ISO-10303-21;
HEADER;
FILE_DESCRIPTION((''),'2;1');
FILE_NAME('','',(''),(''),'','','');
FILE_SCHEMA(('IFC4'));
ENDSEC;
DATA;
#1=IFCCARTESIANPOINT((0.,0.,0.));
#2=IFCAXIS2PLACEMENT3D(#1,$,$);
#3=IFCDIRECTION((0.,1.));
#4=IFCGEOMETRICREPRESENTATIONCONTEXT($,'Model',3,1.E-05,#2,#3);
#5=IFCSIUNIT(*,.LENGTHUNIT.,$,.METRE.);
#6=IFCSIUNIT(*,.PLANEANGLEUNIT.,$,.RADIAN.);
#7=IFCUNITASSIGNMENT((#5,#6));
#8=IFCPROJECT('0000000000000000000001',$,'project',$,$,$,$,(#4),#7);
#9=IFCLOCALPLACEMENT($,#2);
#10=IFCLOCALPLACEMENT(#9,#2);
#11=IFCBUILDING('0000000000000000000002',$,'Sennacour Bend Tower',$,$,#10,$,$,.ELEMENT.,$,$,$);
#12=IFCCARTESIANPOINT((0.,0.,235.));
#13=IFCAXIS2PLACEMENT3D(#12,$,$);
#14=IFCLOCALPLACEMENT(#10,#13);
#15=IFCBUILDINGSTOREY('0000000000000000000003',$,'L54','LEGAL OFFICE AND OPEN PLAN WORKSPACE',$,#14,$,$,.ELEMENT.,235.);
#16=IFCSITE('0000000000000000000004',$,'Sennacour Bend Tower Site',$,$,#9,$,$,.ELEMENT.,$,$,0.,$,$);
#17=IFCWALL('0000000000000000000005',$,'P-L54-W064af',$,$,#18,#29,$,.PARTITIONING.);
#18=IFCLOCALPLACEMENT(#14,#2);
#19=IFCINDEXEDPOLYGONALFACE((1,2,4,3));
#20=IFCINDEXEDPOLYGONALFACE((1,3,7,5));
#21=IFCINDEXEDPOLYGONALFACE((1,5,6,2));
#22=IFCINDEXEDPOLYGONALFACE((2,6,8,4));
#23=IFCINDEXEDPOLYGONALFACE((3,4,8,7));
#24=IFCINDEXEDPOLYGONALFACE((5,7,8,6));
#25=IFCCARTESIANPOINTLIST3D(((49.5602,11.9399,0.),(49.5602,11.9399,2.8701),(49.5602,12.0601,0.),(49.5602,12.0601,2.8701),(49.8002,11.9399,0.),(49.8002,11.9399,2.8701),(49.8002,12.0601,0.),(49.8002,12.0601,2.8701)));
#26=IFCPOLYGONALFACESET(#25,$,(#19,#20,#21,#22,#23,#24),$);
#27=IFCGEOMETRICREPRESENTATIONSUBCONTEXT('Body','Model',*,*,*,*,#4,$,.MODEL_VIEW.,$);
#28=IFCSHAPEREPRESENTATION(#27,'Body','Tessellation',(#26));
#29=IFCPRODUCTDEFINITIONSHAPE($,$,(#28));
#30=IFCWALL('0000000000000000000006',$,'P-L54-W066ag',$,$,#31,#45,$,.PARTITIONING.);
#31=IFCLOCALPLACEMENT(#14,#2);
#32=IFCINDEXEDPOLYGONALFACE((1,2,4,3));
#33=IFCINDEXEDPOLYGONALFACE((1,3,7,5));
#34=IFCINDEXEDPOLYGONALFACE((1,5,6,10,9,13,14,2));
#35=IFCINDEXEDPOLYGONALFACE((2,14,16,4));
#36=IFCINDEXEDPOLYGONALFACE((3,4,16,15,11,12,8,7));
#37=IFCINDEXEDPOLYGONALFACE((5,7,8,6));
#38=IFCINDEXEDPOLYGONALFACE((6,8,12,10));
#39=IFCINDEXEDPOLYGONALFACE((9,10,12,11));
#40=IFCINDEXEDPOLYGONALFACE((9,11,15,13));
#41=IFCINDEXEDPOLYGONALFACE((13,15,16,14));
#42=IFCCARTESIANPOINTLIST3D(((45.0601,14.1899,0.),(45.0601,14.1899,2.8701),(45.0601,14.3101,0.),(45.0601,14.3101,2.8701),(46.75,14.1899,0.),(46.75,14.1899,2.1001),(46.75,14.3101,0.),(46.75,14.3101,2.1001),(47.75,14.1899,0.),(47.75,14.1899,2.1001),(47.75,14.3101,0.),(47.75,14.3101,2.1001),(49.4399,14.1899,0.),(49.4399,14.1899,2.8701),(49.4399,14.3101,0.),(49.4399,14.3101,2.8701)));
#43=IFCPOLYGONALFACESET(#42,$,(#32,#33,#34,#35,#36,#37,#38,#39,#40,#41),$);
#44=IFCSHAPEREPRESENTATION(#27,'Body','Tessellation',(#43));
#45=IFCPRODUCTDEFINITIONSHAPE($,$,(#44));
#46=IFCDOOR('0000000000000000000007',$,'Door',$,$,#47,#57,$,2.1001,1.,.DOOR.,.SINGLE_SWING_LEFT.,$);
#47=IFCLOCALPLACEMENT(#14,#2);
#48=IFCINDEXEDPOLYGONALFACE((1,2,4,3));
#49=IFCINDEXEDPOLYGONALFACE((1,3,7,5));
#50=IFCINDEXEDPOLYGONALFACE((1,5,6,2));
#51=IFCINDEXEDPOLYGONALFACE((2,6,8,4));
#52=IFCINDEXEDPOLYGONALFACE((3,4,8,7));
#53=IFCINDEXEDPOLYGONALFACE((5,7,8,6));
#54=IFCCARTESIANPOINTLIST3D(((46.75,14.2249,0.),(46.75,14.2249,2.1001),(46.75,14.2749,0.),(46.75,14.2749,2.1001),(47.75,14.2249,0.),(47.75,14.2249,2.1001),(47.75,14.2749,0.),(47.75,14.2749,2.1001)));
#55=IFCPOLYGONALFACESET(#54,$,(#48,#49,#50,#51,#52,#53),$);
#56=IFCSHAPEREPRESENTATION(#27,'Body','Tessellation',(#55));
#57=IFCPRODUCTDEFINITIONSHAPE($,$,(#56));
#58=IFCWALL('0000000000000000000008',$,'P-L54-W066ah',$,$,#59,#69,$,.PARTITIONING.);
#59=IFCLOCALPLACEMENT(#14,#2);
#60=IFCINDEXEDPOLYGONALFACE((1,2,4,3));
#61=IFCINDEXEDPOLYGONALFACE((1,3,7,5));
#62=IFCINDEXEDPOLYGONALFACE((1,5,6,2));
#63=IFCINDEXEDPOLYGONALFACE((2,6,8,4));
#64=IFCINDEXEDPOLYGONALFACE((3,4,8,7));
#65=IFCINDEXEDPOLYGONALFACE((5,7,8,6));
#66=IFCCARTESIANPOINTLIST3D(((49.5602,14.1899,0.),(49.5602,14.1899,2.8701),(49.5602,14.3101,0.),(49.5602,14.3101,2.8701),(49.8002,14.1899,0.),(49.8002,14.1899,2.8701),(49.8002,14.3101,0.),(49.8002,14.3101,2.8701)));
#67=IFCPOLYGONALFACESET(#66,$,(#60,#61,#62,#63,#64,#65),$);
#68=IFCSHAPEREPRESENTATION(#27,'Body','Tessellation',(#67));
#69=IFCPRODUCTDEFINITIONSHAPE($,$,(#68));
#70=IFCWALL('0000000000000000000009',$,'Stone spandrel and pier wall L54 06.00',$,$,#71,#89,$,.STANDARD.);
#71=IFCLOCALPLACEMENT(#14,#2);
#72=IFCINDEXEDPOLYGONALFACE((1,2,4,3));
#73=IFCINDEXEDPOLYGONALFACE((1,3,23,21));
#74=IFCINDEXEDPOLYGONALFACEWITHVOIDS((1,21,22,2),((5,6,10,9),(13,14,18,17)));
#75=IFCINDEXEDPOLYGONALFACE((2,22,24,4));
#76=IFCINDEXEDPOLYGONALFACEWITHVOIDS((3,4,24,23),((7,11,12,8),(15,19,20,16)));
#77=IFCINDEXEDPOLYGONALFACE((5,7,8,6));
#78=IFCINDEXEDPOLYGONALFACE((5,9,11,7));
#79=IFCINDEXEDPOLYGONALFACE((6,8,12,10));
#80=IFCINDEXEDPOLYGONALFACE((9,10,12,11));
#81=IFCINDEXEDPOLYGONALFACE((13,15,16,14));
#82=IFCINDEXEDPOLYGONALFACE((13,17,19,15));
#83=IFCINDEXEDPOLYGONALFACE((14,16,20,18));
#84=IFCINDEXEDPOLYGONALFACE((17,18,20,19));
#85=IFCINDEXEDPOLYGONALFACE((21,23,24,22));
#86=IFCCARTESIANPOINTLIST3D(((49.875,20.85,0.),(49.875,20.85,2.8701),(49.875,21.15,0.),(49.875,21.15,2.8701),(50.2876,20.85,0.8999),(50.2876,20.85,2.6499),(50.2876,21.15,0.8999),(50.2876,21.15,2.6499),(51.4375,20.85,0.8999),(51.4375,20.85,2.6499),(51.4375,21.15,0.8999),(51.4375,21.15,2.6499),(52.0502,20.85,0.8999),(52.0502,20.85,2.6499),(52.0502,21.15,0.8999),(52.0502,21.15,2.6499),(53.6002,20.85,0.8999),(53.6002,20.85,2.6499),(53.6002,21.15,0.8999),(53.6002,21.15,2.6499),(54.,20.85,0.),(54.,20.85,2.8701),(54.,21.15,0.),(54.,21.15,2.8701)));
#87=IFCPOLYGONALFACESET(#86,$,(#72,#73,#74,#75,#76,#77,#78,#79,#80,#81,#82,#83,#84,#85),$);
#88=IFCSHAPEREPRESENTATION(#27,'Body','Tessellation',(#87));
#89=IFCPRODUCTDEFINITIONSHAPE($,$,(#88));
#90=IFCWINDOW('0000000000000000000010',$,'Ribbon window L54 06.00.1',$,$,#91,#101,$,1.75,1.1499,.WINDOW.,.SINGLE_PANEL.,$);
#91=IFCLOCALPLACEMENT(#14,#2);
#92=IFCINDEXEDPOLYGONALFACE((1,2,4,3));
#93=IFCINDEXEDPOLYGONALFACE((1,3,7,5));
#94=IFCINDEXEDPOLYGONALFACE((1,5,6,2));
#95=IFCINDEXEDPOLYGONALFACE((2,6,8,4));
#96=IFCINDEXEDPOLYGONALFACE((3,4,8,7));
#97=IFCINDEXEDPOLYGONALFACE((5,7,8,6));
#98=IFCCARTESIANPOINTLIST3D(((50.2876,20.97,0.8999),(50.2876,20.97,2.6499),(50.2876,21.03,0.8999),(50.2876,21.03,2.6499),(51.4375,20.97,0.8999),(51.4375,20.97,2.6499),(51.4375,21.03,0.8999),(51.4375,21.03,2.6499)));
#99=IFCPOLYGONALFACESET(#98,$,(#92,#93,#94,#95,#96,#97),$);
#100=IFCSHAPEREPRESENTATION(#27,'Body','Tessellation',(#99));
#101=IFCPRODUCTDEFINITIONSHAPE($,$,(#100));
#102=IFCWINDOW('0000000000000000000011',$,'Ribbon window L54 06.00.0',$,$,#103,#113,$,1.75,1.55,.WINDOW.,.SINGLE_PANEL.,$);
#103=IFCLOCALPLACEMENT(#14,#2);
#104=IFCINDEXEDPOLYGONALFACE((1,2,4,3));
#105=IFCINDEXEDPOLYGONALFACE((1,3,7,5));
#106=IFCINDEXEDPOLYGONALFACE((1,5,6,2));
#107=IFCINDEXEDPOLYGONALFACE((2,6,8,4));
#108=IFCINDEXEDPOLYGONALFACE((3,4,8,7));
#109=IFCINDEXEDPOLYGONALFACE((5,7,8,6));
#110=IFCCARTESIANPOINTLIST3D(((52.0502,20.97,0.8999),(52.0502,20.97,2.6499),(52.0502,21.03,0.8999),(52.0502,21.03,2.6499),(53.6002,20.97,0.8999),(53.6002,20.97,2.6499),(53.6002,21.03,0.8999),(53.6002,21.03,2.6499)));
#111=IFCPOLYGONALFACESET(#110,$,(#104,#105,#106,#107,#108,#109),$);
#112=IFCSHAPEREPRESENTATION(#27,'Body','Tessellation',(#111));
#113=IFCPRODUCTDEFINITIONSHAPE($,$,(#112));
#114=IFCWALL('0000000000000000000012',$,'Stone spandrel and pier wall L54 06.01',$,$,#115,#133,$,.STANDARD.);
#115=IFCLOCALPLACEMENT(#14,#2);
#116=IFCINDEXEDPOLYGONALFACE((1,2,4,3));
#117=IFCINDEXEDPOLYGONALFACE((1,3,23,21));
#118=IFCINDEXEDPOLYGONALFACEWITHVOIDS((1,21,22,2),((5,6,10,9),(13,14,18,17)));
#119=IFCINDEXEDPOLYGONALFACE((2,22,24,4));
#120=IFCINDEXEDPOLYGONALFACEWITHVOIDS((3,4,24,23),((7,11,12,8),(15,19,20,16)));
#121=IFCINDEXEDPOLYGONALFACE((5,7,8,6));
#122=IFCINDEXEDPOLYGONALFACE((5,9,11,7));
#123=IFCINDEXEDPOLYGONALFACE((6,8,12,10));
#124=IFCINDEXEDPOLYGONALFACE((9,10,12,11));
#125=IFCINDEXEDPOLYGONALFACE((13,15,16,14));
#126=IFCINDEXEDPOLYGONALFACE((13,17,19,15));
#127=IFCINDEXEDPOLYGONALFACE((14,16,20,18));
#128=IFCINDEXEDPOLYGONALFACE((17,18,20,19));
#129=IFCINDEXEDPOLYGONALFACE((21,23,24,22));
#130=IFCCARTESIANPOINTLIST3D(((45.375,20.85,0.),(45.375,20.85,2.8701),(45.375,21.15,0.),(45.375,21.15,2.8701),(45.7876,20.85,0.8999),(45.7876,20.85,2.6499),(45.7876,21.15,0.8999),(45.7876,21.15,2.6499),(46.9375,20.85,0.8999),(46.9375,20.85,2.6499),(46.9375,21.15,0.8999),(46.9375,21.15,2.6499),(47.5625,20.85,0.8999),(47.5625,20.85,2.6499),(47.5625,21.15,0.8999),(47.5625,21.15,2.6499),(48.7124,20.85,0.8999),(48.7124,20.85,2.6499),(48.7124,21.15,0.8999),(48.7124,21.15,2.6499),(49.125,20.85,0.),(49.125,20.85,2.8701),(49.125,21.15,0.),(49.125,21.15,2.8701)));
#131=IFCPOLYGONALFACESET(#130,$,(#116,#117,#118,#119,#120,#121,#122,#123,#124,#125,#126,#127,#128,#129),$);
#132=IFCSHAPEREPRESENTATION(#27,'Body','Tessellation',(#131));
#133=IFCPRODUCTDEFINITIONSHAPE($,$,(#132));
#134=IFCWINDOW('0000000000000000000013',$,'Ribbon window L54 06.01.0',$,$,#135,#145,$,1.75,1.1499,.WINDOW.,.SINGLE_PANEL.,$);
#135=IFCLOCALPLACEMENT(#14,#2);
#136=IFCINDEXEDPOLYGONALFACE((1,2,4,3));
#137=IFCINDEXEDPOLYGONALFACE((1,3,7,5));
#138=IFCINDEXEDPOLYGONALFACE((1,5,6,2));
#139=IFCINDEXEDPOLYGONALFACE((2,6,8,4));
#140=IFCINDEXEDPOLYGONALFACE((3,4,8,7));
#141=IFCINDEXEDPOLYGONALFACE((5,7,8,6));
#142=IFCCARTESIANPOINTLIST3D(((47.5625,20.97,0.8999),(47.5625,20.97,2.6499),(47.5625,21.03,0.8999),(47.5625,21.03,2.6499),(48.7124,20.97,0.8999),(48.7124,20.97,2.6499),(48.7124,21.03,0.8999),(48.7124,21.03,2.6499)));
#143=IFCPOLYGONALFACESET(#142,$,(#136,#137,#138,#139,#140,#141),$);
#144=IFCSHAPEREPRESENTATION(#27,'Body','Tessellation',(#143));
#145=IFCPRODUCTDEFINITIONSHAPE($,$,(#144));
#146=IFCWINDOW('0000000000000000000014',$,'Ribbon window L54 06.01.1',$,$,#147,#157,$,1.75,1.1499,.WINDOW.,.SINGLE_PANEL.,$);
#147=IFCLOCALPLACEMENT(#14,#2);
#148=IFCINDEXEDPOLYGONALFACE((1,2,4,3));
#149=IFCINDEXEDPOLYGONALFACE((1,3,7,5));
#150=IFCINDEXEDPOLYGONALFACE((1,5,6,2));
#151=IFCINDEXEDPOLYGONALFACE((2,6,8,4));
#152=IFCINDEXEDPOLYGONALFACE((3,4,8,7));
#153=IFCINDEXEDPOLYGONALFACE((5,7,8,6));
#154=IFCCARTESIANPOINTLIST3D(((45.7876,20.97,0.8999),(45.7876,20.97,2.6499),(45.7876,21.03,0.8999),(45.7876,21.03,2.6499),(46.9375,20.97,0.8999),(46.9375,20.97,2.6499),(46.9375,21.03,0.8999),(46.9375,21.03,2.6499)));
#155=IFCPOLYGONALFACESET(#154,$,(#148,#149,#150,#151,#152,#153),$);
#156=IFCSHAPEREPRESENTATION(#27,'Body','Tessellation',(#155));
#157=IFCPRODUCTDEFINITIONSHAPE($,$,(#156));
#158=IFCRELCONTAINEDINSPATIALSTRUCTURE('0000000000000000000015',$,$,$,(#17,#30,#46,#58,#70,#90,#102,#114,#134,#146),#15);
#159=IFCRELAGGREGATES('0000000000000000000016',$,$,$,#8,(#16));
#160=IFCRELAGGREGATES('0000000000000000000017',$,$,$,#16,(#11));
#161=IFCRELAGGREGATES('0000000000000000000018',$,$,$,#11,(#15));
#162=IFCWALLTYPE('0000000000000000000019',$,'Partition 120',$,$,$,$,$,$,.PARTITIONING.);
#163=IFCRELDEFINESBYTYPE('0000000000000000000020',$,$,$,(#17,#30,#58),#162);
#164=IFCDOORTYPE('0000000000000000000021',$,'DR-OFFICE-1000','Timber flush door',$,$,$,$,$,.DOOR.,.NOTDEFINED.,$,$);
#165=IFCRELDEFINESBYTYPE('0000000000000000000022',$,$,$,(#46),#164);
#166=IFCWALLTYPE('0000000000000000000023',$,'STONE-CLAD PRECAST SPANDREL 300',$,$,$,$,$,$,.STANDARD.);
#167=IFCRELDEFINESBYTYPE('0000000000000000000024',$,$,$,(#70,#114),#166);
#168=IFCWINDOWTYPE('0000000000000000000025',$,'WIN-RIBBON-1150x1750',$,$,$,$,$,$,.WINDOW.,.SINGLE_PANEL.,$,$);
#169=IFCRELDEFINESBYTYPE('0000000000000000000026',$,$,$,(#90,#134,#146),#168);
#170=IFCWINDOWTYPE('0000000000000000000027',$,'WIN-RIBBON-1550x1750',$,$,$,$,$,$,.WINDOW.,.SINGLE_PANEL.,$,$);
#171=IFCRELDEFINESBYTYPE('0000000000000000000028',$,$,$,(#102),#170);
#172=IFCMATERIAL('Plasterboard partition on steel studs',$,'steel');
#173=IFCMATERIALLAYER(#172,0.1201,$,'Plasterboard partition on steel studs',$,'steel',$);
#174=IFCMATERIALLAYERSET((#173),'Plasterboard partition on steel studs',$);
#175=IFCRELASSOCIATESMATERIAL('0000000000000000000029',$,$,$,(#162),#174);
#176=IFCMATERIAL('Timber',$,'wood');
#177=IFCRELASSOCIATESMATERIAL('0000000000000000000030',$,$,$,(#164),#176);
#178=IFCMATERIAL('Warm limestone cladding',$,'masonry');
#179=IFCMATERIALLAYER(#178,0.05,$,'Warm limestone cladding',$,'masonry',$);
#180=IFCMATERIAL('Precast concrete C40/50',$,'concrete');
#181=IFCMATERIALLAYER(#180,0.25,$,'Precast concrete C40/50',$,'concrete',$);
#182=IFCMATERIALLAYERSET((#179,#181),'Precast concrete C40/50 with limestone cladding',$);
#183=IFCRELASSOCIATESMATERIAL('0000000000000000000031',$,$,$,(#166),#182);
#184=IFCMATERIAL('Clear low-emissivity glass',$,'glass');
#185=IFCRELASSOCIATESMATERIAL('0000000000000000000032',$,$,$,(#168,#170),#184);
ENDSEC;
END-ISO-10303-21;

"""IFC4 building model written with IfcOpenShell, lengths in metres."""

from ifc_helpers import new_model, si_unit, direction, frame, frame_2d, origin, place, context, subcontext, project, spatial, rectangle, extrude, material, layer, layer_set, type_object, element, fill, save


model = new_model("IFC4")

# Units and contexts
model_context = context("Model", 3, precision=1e-05, world=origin(), true_north=direction((0.0, 1.0)))
body_context = subcontext(model_context, "Body", "Model", "MODEL_VIEW")
ifc_project = project(units=[si_unit("LENGTHUNIT", "METRE"), si_unit("PLANEANGLEUNIT", "RADIAN")], contexts=[model_context])

# Site, building, storey
site_placement = place(None, origin())
site = spatial("IfcSite", under=ifc_project, at=site_placement, Name="Sennacour Bend Tower Site", CompositionType="ELEMENT", RefElevation=0.0)
building_placement = place(site_placement, origin())
building = spatial("IfcBuilding", under=site, at=building_placement, Name="Sennacour Bend Tower", CompositionType="ELEMENT")
storey_placement = place(building_placement, frame((0.0, 0.0, 235.0)))
storey = spatial("IfcBuildingStorey", under=building, at=storey_placement, Name="L54", Description="LEGAL OFFICE AND OPEN PLAN WORKSPACE", CompositionType="ELEMENT", Elevation=235.0)

# Wall
ifc_material_1 = material(Name="Plasterboard partition on steel studs", Category="steel")
ifc_layer_1 = layer(ifc_material_1, 0.1201, Name="Plasterboard partition on steel studs", Category="steel")
ifc_layer_set_1 = layer_set([ifc_layer_1], Name="Plasterboard partition on steel studs")
wall_type_1 = type_object("IfcWallType", Name="Partition 120", PredefinedType="PARTITIONING", material=ifc_layer_set_1)
wall_1_placement = place(storey_placement, frame((49.5601, 12.0, 0.0), z_axis=(0.0, 0.0, 1.0), x_axis=(1.0, 0.0, 0.0)))
element("IfcWall", 1, at=wall_1_placement, inside=storey, type_object=wall_type_1, Name="P-L54-W064af", PredefinedType="PARTITIONING", context=body_context, shape_type="SweptSolid", body=[
    extrude(rectangle(XDim=0.24, YDim=0.1201, at=frame_2d((0.1201, 0.0))), origin(), (0.0, 0.0, 1.0), 2.8701),
])

# Wall, opening, door
wall_2_placement = place(storey_placement, frame((45.0601, 14.25, 0.0), z_axis=(0.0, 0.0, 1.0), x_axis=(1.0, 0.0, 0.0)))
wall_2 = element("IfcWall", 2, at=wall_2_placement, inside=storey, type_object=wall_type_1, Name="P-L54-W066ag", PredefinedType="PARTITIONING", context=body_context, shape_type="SweptSolid", body=[
    extrude(rectangle(XDim=4.3799, YDim=0.1201, at=frame_2d((2.1899, 0.0))), origin(), (0.0, 0.0, 1.0), 2.8701),
])
opening_1_placement = place(wall_2_placement, frame((1.6899, 0.0, 0.0)))
opening_1 = element("IfcOpeningElement", 3, at=opening_1_placement, cuts=wall_2, PredefinedType="OPENING", context=body_context, shape_type="SweptSolid", body=[
    extrude(rectangle(XDim=1.0, YDim=2.1001, at=frame_2d((0.5, 1.05))), frame((0.0, 0.0701, 0.0), z_axis=(0.0, -1.0, 0.0), x_axis=(1.0, 0.0, 0.0)), (0.0, 0.0, 1.0), 0.1401),
])
ifc_material_2 = material(Name="Timber", Category="wood")
door_type_1 = type_object("IfcDoorType", Name="DR-OFFICE-1000", Description="Timber flush door", OperationType="NOTDEFINED", PredefinedType="DOOR", material=ifc_material_2)
door_1_placement = place(opening_1_placement, origin())
door_1 = element("IfcDoor", 4, at=door_1_placement, inside=storey, type_object=door_type_1, Name="Door", OperationType="SINGLE_SWING_LEFT", OverallHeight=2.1001, OverallWidth=1.0, PredefinedType="DOOR", context=body_context, shape_type="SweptSolid", body=[
    extrude(rectangle(XDim=1.0, YDim=2.1001, at=frame_2d((0.5, 1.05))), frame((0.0, 0.0249, 0.0), z_axis=(0.0, -1.0, 0.0), x_axis=(1.0, 0.0, 0.0)), (0.0, 0.0, 1.0), 0.05),
])
fill(opening_1, door_1)

# Wall
wall_3_placement = place(storey_placement, frame((49.5601, 14.25, 0.0), z_axis=(0.0, 0.0, 1.0), x_axis=(1.0, 0.0, 0.0)))
element("IfcWall", 5, at=wall_3_placement, inside=storey, type_object=wall_type_1, Name="P-L54-W066ah", PredefinedType="PARTITIONING", context=body_context, shape_type="SweptSolid", body=[
    extrude(rectangle(XDim=0.24, YDim=0.1201, at=frame_2d((0.1201, 0.0))), origin(), (0.0, 0.0, 1.0), 2.8701),
])

# Walls, openings, windows
ifc_material_3 = material(Name="Warm limestone cladding", Category="masonry")
ifc_layer_2 = layer(ifc_material_3, 0.05, Name="Warm limestone cladding", Category="masonry")
ifc_material_4 = material(Name="Precast concrete C40/50", Category="concrete")
ifc_layer_3 = layer(ifc_material_4, 0.25, Name="Precast concrete C40/50", Category="concrete")
ifc_layer_set_2 = layer_set([ifc_layer_2, ifc_layer_3], Name="Precast concrete C40/50 with limestone cladding")
wall_type_2 = type_object("IfcWallType", Name="STONE-CLAD PRECAST SPANDREL 300", PredefinedType="STANDARD", material=ifc_layer_set_2)
wall_4_placement = place(storey_placement, frame((54.0, 21.0, 0.0), z_axis=(0.0, 0.0, 1.0), x_axis=(-1.0, 0.0, 0.0)))
wall_4 = element("IfcWall", 6, at=wall_4_placement, inside=storey, type_object=wall_type_2, Name="Stone spandrel and pier wall L54 06.00", PredefinedType="STANDARD", context=body_context, shape_type="SweptSolid", body=[
    extrude(rectangle(XDim=4.125, YDim=0.3, at=frame_2d((2.0625, 0.0))), origin(), (0.0, 0.0, 1.0), 2.8701),
])
opening_2_placement = place(wall_4_placement, frame((0.3999, 0.0, 0.8999)))
opening_2 = element("IfcOpeningElement", 7, at=opening_2_placement, cuts=wall_4, PredefinedType="OPENING", context=body_context, shape_type="SweptSolid", body=[
    extrude(rectangle(XDim=1.55, YDim=1.75, at=frame_2d((0.7749, 0.875))), frame((0.0, 0.1602, 0.0), z_axis=(0.0, -1.0, 0.0), x_axis=(1.0, 0.0, 0.0)), (0.0, 0.0, 1.0), 0.3201),
])
opening_3_placement = place(wall_4_placement, frame((2.5625, 0.0, 0.8999)))
opening_3 = element("IfcOpeningElement", 8, at=opening_3_placement, cuts=wall_4, PredefinedType="OPENING", context=body_context, shape_type="SweptSolid", body=[
    extrude(rectangle(XDim=1.1499, YDim=1.75, at=frame_2d((0.575, 0.875))), frame((0.0, 0.1602, 0.0), z_axis=(0.0, -1.0, 0.0), x_axis=(1.0, 0.0, 0.0)), (0.0, 0.0, 1.0), 0.3201),
])
ifc_material_5 = material(Name="Clear low-emissivity glass", Category="glass")
window_type_1 = type_object("IfcWindowType", Name="WIN-RIBBON-1150x1750", PartitioningType="SINGLE_PANEL", PredefinedType="WINDOW", material=ifc_material_5)
window_1_placement = place(opening_3_placement, origin())
window_1 = element("IfcWindow", 9, at=window_1_placement, inside=storey, type_object=window_type_1, Name="Ribbon window L54 06.00.1", OverallHeight=1.75, OverallWidth=1.1499, PartitioningType="SINGLE_PANEL", PredefinedType="WINDOW", context=body_context, shape_type="SweptSolid", body=[
    extrude(rectangle(XDim=1.1499, YDim=1.75, at=frame_2d((0.575, 0.875))), frame((0.0, 0.03, 0.0), z_axis=(0.0, -1.0, 0.0), x_axis=(1.0, 0.0, 0.0)), (0.0, 0.0, 1.0), 0.0601),
])
fill(opening_3, window_1)
window_type_2 = type_object("IfcWindowType", Name="WIN-RIBBON-1550x1750", PartitioningType="SINGLE_PANEL", PredefinedType="WINDOW", material=ifc_material_5)
window_2_placement = place(opening_2_placement, origin())
window_2 = element("IfcWindow", 10, at=window_2_placement, inside=storey, type_object=window_type_2, Name="Ribbon window L54 06.00.0", OverallHeight=1.75, OverallWidth=1.55, PartitioningType="SINGLE_PANEL", PredefinedType="WINDOW", context=body_context, shape_type="SweptSolid", body=[
    extrude(rectangle(XDim=1.55, YDim=1.75, at=frame_2d((0.7749, 0.875))), frame((0.0, 0.03, 0.0), z_axis=(0.0, -1.0, 0.0), x_axis=(1.0, 0.0, 0.0)), (0.0, 0.0, 1.0), 0.0601),
])
fill(opening_2, window_2)
wall_5_placement = place(storey_placement, frame((49.125, 21.0, 0.0), z_axis=(0.0, 0.0, 1.0), x_axis=(-1.0, 0.0, 0.0)))
wall_5 = element("IfcWall", 11, at=wall_5_placement, inside=storey, type_object=wall_type_2, Name="Stone spandrel and pier wall L54 06.01", PredefinedType="STANDARD", context=body_context, shape_type="SweptSolid", body=[
    extrude(rectangle(XDim=3.75, YDim=0.3, at=frame_2d((1.875, 0.0))), origin(), (0.0, 0.0, 1.0), 2.8701),
])
opening_4_placement = place(wall_5_placement, frame((0.4126, 0.0, 0.8999)))
opening_4 = element("IfcOpeningElement", 12, at=opening_4_placement, cuts=wall_5, PredefinedType="OPENING", context=body_context, shape_type="SweptSolid", body=[
    extrude(rectangle(XDim=1.1499, YDim=1.75, at=frame_2d((0.575, 0.875))), frame((0.0, 0.1602, 0.0), z_axis=(0.0, -1.0, 0.0), x_axis=(1.0, 0.0, 0.0)), (0.0, 0.0, 1.0), 0.3201),
])
opening_5_placement = place(wall_5_placement, frame((2.1875, 0.0, 0.8999)))
opening_5 = element("IfcOpeningElement", 13, at=opening_5_placement, cuts=wall_5, PredefinedType="OPENING", context=body_context, shape_type="SweptSolid", body=[
    extrude(rectangle(XDim=1.1499, YDim=1.75, at=frame_2d((0.575, 0.875))), frame((0.0, 0.1602, 0.0), z_axis=(0.0, -1.0, 0.0), x_axis=(1.0, 0.0, 0.0)), (0.0, 0.0, 1.0), 0.3201),
])
window_3_placement = place(opening_4_placement, origin())
window_3 = element("IfcWindow", 14, at=window_3_placement, inside=storey, type_object=window_type_1, Name="Ribbon window L54 06.01.0", OverallHeight=1.75, OverallWidth=1.1499, PartitioningType="SINGLE_PANEL", PredefinedType="WINDOW", context=body_context, shape_type="SweptSolid", body=[
    extrude(rectangle(XDim=1.1499, YDim=1.75, at=frame_2d((0.575, 0.875))), frame((0.0, 0.03, 0.0), z_axis=(0.0, -1.0, 0.0), x_axis=(1.0, 0.0, 0.0)), (0.0, 0.0, 1.0), 0.0601),
])
fill(opening_4, window_3)
window_4_placement = place(opening_5_placement, origin())
window_4 = element("IfcWindow", 15, at=window_4_placement, inside=storey, type_object=window_type_1, Name="Ribbon window L54 06.01.1", OverallHeight=1.75, OverallWidth=1.1499, PartitioningType="SINGLE_PANEL", PredefinedType="WINDOW", context=body_context, shape_type="SweptSolid", body=[
    extrude(rectangle(XDim=1.1499, YDim=1.75, at=frame_2d((0.575, 0.875))), frame((0.0, 0.03, 0.0), z_axis=(0.0, -1.0, 0.0), x_axis=(1.0, 0.0, 0.0)), (0.0, 0.0, 1.0), 0.0601),
])
fill(opening_5, window_4)

save(model, "model.ifc")
